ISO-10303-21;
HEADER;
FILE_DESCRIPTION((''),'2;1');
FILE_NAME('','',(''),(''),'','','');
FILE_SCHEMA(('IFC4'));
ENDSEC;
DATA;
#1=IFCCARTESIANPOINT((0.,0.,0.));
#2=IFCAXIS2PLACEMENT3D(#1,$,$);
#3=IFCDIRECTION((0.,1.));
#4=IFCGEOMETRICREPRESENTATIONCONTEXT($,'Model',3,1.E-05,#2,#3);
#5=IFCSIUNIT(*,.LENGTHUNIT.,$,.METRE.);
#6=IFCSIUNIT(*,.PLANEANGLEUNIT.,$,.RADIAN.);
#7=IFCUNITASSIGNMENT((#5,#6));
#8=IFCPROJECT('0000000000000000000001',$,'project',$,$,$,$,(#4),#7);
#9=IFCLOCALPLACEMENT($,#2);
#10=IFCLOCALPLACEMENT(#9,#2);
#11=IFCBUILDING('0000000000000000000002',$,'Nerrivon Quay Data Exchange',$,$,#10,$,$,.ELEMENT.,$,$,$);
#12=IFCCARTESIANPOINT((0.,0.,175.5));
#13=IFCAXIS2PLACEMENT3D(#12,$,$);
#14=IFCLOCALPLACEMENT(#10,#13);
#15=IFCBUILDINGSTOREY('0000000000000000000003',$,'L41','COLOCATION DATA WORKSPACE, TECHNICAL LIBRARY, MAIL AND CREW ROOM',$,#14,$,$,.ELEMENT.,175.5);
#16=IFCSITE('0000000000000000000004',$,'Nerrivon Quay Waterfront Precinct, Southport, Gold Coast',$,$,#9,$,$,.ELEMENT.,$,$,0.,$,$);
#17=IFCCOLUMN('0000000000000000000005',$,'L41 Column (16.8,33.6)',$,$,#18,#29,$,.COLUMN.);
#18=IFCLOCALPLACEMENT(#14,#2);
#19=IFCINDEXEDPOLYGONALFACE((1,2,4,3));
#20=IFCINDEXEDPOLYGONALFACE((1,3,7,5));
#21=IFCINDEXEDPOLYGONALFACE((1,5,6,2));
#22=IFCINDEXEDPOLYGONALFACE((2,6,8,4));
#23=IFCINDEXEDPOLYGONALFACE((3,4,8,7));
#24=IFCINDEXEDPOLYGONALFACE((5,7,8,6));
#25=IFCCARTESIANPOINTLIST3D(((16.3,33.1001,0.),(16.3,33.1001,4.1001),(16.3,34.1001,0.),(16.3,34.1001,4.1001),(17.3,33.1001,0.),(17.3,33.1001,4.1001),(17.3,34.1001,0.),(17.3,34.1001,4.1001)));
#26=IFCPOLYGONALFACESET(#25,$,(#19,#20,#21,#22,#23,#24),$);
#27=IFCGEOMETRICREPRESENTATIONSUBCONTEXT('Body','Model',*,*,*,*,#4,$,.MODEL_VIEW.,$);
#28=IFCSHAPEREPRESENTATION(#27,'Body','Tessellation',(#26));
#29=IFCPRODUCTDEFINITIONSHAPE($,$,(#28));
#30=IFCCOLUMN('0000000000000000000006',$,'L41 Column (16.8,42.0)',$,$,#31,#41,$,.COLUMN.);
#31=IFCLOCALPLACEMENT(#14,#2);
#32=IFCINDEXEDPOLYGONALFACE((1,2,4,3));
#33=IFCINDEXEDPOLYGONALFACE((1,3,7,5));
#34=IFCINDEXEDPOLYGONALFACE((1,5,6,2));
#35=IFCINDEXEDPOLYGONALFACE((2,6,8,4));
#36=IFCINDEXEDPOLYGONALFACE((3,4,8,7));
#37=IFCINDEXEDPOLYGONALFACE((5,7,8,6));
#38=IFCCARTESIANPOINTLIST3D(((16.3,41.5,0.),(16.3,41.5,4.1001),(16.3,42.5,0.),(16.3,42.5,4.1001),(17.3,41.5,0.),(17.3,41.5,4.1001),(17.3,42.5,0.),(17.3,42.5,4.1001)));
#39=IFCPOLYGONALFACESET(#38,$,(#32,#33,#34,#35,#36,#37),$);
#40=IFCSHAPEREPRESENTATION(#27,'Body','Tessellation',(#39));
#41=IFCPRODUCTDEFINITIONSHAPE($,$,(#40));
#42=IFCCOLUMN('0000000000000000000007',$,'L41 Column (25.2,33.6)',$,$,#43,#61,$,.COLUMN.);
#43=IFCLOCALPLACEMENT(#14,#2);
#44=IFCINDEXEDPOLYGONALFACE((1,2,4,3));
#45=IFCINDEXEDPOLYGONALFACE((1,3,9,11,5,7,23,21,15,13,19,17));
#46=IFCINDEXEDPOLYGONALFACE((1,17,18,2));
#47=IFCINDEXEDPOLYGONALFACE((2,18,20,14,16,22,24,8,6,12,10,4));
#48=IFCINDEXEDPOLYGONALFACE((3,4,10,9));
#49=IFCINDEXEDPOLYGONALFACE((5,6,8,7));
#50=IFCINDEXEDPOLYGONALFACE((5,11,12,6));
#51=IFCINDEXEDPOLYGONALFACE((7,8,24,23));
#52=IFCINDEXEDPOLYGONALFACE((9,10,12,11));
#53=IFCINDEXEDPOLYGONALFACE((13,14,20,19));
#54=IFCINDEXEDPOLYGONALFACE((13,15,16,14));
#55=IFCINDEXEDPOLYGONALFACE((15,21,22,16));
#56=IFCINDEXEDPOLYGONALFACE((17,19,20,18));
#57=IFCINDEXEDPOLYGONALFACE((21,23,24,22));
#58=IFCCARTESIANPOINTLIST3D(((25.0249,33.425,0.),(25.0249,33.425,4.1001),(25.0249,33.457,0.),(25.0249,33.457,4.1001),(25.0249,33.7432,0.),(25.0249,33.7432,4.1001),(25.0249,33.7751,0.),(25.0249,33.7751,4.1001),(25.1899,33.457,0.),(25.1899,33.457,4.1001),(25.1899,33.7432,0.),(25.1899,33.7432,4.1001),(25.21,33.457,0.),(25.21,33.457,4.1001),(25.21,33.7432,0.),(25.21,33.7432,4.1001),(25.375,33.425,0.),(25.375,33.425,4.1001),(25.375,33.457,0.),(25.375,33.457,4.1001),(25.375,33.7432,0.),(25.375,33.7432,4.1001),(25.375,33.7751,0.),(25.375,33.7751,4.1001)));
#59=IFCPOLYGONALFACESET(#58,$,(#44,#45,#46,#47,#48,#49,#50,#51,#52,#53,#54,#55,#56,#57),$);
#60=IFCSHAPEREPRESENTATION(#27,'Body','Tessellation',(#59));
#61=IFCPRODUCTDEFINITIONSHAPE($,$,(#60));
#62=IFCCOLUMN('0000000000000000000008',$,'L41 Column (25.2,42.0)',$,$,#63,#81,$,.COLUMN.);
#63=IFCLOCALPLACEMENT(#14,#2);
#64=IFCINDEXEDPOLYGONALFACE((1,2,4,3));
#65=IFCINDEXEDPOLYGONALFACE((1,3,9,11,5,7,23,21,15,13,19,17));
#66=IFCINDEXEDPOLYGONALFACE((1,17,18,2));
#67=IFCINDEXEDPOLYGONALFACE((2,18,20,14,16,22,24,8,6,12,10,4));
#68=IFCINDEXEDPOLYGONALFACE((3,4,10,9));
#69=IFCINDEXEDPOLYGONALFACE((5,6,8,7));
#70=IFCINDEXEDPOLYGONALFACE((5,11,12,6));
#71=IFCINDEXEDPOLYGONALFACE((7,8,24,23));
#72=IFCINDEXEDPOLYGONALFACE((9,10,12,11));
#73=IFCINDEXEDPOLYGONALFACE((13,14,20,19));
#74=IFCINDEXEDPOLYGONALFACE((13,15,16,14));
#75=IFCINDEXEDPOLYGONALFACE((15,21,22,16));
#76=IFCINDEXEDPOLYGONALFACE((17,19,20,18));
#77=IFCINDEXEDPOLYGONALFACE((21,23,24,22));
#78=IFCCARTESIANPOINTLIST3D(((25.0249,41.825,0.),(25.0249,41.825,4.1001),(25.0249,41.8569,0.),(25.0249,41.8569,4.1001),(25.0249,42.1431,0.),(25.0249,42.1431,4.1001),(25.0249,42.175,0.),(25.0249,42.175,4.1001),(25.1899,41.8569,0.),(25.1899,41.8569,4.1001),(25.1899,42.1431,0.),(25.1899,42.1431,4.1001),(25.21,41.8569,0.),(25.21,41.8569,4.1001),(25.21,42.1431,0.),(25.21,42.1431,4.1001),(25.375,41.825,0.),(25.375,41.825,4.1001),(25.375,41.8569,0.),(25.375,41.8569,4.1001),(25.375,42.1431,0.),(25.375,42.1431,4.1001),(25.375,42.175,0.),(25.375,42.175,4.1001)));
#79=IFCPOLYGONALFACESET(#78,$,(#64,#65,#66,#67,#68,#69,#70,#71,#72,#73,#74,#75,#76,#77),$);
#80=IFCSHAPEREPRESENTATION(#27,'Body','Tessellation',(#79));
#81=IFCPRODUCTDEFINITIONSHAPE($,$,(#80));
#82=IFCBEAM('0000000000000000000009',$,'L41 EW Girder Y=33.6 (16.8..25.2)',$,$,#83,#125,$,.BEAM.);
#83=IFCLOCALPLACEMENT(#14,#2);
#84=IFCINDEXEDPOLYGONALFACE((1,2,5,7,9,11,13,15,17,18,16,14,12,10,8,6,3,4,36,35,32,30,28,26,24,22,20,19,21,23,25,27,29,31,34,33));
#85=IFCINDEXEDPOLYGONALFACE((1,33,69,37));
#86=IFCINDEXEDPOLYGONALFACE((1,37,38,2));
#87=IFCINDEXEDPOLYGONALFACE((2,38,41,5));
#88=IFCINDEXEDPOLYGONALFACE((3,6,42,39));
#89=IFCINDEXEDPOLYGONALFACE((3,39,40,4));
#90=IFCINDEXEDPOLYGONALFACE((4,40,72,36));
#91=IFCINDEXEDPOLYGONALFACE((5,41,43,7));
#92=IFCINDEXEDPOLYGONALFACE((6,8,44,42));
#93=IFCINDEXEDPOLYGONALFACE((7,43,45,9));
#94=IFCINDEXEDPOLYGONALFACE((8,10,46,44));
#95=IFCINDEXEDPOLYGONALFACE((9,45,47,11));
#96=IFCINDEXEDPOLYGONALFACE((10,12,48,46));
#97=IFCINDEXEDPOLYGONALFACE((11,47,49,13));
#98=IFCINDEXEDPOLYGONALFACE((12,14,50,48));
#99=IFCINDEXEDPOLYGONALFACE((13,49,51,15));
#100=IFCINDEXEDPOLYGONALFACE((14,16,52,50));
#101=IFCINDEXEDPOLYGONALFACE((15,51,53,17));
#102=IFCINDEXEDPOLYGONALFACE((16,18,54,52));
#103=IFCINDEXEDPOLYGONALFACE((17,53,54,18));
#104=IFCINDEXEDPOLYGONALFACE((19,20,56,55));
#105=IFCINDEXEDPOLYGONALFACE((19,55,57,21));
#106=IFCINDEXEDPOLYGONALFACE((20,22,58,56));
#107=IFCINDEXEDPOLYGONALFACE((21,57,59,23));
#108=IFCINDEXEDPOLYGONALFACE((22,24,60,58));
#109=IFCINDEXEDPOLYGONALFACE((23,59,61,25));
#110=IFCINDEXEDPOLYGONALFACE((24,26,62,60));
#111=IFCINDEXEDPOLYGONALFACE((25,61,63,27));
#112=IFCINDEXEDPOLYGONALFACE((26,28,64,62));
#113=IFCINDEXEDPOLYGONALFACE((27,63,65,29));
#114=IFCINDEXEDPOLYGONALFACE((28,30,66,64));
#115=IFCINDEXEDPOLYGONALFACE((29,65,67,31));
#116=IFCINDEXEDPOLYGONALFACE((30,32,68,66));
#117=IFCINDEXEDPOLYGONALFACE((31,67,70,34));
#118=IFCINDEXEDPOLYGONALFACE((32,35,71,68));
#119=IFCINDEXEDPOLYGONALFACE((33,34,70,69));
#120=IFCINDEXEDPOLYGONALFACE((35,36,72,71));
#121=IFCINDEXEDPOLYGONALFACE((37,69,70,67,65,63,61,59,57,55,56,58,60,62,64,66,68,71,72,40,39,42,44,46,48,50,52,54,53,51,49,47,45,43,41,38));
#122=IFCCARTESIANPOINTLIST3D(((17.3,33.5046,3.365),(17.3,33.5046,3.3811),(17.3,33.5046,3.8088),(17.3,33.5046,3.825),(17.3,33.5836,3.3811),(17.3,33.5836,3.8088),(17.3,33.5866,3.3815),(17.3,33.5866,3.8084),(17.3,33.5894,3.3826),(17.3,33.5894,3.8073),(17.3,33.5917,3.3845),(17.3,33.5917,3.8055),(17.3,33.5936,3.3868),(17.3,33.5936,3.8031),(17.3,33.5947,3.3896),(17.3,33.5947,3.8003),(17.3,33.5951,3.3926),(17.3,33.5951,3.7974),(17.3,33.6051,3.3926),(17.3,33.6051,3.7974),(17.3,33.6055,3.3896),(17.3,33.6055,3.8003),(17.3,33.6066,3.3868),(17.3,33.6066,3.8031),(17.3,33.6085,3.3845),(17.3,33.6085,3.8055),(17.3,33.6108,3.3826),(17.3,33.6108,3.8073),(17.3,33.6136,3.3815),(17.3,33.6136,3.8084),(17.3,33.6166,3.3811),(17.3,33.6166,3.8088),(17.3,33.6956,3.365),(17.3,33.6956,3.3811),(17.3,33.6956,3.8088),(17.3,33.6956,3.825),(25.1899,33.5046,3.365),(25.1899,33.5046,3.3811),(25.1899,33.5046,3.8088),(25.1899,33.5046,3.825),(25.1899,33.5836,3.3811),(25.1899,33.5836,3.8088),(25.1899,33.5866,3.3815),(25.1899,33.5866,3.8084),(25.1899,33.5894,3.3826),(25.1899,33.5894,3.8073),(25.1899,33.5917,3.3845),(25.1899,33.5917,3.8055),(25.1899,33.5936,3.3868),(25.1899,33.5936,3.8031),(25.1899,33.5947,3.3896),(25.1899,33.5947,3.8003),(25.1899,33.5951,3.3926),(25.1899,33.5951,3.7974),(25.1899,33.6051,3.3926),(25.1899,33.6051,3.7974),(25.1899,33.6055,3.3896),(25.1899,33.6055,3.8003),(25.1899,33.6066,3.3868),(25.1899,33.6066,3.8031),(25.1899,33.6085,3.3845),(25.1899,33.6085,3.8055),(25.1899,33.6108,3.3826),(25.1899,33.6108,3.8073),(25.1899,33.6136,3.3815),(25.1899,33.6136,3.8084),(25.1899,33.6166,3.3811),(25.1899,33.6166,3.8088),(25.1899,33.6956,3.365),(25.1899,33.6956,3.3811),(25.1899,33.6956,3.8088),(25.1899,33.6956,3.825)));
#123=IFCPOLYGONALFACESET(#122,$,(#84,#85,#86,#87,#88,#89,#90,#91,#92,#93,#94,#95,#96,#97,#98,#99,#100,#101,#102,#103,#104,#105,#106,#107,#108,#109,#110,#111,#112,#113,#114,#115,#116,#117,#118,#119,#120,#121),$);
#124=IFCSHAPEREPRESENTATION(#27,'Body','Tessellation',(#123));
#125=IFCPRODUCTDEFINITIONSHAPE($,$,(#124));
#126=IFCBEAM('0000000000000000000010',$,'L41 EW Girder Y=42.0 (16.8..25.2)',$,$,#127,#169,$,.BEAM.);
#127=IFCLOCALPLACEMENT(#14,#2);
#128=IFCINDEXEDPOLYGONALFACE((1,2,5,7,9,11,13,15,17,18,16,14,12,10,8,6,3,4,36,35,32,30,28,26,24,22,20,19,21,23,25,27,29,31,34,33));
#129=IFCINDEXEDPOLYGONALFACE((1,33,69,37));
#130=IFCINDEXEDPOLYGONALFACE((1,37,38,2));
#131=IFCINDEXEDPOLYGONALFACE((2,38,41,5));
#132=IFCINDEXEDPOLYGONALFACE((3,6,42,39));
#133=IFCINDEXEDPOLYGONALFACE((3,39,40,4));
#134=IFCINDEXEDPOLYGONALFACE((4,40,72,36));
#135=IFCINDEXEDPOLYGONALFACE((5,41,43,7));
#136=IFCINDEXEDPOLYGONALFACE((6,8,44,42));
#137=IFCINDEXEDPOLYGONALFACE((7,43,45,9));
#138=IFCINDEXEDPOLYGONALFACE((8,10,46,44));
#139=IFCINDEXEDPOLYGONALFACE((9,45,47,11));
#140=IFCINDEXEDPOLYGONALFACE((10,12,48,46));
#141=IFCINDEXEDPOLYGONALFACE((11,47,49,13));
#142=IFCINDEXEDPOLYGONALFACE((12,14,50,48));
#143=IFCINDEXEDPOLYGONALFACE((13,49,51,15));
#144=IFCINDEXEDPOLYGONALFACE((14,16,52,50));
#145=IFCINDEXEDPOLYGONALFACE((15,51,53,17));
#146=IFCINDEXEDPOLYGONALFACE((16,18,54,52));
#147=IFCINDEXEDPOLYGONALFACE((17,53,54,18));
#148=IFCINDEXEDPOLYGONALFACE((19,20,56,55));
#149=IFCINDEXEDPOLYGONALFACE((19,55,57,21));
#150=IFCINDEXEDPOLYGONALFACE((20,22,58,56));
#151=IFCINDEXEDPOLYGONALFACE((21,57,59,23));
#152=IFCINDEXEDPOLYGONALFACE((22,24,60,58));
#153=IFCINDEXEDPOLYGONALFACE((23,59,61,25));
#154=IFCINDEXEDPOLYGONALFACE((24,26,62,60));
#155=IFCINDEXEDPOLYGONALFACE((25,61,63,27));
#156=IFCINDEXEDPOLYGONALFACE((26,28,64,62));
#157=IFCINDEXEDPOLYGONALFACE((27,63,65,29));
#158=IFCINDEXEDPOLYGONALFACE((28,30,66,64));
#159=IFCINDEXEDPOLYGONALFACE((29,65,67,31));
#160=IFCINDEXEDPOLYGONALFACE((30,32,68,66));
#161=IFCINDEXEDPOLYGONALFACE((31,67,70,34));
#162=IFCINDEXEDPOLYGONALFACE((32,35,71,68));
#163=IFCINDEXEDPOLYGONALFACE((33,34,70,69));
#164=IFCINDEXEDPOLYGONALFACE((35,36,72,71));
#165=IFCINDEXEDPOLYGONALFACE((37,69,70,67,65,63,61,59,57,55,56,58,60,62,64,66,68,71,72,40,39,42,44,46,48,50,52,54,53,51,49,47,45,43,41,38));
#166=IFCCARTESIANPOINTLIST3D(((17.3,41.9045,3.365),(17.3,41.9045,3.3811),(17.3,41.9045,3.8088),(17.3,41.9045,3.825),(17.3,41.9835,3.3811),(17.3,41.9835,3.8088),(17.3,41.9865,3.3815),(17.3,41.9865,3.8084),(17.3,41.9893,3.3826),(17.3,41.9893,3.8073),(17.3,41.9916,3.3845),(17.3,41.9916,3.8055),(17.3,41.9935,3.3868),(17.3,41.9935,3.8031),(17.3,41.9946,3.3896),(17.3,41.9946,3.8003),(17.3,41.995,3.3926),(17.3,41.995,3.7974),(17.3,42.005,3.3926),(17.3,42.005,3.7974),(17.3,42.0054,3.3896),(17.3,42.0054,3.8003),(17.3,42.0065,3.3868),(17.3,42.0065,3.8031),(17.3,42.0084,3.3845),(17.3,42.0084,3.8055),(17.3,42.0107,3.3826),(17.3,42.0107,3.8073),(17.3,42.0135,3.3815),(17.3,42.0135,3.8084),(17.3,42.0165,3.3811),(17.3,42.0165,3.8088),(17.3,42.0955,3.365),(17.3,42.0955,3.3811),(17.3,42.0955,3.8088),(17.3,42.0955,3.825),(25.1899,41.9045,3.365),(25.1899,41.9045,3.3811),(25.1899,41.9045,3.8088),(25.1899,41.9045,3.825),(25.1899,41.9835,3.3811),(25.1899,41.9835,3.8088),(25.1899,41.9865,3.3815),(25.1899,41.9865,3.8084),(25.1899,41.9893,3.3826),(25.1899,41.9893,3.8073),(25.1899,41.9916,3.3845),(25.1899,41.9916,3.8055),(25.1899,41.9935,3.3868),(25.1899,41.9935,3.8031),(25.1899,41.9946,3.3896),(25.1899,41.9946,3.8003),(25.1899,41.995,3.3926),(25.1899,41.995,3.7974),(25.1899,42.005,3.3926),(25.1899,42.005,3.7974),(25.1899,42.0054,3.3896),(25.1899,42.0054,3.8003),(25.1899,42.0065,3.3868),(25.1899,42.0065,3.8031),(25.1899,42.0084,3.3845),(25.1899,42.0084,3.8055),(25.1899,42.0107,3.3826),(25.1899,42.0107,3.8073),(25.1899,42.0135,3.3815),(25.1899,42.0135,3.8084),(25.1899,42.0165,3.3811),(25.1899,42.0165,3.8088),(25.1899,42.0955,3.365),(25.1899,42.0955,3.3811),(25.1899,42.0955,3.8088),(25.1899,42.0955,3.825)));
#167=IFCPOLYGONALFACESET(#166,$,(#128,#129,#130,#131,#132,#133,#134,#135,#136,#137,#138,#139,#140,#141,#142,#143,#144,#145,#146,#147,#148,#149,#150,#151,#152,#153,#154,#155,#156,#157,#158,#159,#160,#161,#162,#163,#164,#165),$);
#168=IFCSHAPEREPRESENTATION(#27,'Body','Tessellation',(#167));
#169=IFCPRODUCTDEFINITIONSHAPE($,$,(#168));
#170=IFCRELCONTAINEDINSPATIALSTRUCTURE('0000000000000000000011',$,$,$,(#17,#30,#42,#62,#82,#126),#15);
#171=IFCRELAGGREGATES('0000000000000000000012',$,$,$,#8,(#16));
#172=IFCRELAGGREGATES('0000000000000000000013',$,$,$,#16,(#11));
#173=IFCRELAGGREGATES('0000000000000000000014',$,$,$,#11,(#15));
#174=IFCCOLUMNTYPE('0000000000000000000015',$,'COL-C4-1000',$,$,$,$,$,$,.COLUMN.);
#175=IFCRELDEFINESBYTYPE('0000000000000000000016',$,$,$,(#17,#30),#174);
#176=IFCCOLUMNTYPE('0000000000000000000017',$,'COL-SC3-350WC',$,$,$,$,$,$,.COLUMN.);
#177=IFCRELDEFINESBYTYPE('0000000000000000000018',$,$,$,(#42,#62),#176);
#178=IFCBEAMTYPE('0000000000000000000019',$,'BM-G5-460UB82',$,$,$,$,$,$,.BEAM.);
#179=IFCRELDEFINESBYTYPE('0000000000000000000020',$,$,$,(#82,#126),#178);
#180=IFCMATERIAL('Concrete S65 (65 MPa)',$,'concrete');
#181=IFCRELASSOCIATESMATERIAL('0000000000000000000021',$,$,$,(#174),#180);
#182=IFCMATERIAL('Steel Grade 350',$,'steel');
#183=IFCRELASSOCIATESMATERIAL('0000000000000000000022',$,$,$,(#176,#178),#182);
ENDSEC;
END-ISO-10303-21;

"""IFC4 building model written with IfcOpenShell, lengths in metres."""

from ifc_helpers import new_model, si_unit, direction, frame, origin, origin_2d, place, context, subcontext, project, spatial, rectangle, i_section, extrude, material, material_profile, profile_set, type_object, element, save


model = new_model("IFC4")

# Units and contexts
model_context = context("Model", 3, precision=1e-05, world=origin(), true_north=direction((0.0, 1.0)))
body_context = subcontext(model_context, "Body", "Model", "MODEL_VIEW")
ifc_project = project(units=[si_unit("LENGTHUNIT", "METRE"), si_unit("PLANEANGLEUNIT", "RADIAN")], contexts=[model_context])

# Site, building, storey
site_placement = place(None, origin())
site = spatial("IfcSite", under=ifc_project, at=site_placement, Name="Nerrivon Quay Waterfront Precinct, Southport, Gold Coast", CompositionType="ELEMENT", RefElevation=0.0)
building_placement = place(site_placement, origin())
building = spatial("IfcBuilding", under=site, at=building_placement, Name="Nerrivon Quay Data Exchange", CompositionType="ELEMENT")
storey_placement = place(building_placement, frame((0.0, 0.0, 175.5)))
storey = spatial("IfcBuildingStorey", under=building, at=storey_placement, Name="L41", Description="COLOCATION DATA WORKSPACE, TECHNICAL LIBRARY, MAIL AND CREW ROOM", CompositionType="ELEMENT", Elevation=175.5)

# Columns
ifc_material_1 = material(Name="Concrete S65 (65 MPa)", Category="concrete")
ifc_material_profile_1 = material_profile(ifc_material_1, rectangle(XDim=1.0, YDim=1.0, at=origin_2d()), Name="RC-COL-1000x1000")
ifc_profile_set_1 = profile_set([ifc_material_profile_1], Name="Concrete S65 (65 MPa)")
column_type_1 = type_object("IfcColumnType", Name="COL-C4-1000", PredefinedType="COLUMN", material=ifc_profile_set_1)
for number, where, z_axis, x_axis, name in (
    (1, (16.8, 33.6001, 0.0), (0.0, 0.0, 1.0), (1.0, 0.0, 0.0), "L41 Column (16.8,33.6)"),
    (2, (16.8, 42.0, 0.0), (0.0, 0.0, 1.0), (1.0, 0.0, 0.0), "L41 Column (16.8,42.0)"),
):
    element("IfcColumn", number, at=place(storey_placement, frame(where, z_axis=z_axis, x_axis=x_axis)), inside=storey, type_object=column_type_1, Name=name, PredefinedType="COLUMN", context=body_context, shape_type="SweptSolid", body=[
        extrude(rectangle(XDim=1.0, YDim=1.0, at=origin_2d()), origin(), (0.0, 0.0, 1.0), 4.1001),
    ])
ifc_material_2 = material(Name="Steel Grade 350", Category="steel")
ifc_material_profile_2 = material_profile(ifc_material_2, i_section(OverallWidth=0.3501, OverallDepth=0.3501, WebThickness=0.02, FlangeThickness=0.032, at=origin_2d()), Name="350WC230")
ifc_profile_set_2 = profile_set([ifc_material_profile_2], Name="Steel Grade 350")
column_type_2 = type_object("IfcColumnType", Name="COL-SC3-350WC", PredefinedType="COLUMN", material=ifc_profile_set_2)
for number, where, z_axis, x_axis, name in (
    (3, (25.2, 33.6001, 0.0), (0.0, 0.0, 1.0), (1.0, 0.0, 0.0), "L41 Column (25.2,33.6)"),
    (4, (25.2, 42.0, 0.0), (0.0, 0.0, 1.0), (1.0, 0.0, 0.0), "L41 Column (25.2,42.0)"),
):
    element("IfcColumn", number, at=place(storey_placement, frame(where, z_axis=z_axis, x_axis=x_axis)), inside=storey, type_object=column_type_2, Name=name, PredefinedType="COLUMN", context=body_context, shape_type="SweptSolid", body=[
        extrude(i_section(OverallWidth=0.3501, OverallDepth=0.3501, WebThickness=0.02, FlangeThickness=0.032, at=origin_2d()), origin(), (0.0, 0.0, 1.0), 4.1001),
    ])

# Beams
ifc_material_profile_3 = material_profile(ifc_material_2, i_section(OverallWidth=0.1909, OverallDepth=0.46, WebThickness=0.01, FlangeThickness=0.0161, FilletRadius=0.0115, at=origin_2d()), Name="460UB82.1")
ifc_profile_set_3 = profile_set([ifc_material_profile_3], Name="Steel Grade 350")
beam_type_1 = type_object("IfcBeamType", Name="BM-G5-460UB82", PredefinedType="BEAM", material=ifc_profile_set_3)
for number, where, z_axis, x_axis, name in (
    (5, (17.3, 33.6001, 3.595), (1.0, 0.0, 0.0), (0.0, 1.0, 0.0), "L41 EW Girder Y=33.6 (16.8..25.2)"),
    (6, (17.3, 42.0, 3.595), (1.0, 0.0, 0.0), (0.0, 1.0, 0.0), "L41 EW Girder Y=42.0 (16.8..25.2)"),
):
    element("IfcBeam", number, at=place(storey_placement, frame(where, z_axis=z_axis, x_axis=x_axis)), inside=storey, type_object=beam_type_1, Name=name, PredefinedType="BEAM", context=body_context, shape_type="SweptSolid", body=[
        extrude(i_section(OverallWidth=0.1909, OverallDepth=0.46, WebThickness=0.01, FlangeThickness=0.0161, FilletRadius=0.0115, at=origin_2d()), origin(), (0.0, 0.0, 1.0), 7.8899),
    ])

save(model, "model.ifc")
